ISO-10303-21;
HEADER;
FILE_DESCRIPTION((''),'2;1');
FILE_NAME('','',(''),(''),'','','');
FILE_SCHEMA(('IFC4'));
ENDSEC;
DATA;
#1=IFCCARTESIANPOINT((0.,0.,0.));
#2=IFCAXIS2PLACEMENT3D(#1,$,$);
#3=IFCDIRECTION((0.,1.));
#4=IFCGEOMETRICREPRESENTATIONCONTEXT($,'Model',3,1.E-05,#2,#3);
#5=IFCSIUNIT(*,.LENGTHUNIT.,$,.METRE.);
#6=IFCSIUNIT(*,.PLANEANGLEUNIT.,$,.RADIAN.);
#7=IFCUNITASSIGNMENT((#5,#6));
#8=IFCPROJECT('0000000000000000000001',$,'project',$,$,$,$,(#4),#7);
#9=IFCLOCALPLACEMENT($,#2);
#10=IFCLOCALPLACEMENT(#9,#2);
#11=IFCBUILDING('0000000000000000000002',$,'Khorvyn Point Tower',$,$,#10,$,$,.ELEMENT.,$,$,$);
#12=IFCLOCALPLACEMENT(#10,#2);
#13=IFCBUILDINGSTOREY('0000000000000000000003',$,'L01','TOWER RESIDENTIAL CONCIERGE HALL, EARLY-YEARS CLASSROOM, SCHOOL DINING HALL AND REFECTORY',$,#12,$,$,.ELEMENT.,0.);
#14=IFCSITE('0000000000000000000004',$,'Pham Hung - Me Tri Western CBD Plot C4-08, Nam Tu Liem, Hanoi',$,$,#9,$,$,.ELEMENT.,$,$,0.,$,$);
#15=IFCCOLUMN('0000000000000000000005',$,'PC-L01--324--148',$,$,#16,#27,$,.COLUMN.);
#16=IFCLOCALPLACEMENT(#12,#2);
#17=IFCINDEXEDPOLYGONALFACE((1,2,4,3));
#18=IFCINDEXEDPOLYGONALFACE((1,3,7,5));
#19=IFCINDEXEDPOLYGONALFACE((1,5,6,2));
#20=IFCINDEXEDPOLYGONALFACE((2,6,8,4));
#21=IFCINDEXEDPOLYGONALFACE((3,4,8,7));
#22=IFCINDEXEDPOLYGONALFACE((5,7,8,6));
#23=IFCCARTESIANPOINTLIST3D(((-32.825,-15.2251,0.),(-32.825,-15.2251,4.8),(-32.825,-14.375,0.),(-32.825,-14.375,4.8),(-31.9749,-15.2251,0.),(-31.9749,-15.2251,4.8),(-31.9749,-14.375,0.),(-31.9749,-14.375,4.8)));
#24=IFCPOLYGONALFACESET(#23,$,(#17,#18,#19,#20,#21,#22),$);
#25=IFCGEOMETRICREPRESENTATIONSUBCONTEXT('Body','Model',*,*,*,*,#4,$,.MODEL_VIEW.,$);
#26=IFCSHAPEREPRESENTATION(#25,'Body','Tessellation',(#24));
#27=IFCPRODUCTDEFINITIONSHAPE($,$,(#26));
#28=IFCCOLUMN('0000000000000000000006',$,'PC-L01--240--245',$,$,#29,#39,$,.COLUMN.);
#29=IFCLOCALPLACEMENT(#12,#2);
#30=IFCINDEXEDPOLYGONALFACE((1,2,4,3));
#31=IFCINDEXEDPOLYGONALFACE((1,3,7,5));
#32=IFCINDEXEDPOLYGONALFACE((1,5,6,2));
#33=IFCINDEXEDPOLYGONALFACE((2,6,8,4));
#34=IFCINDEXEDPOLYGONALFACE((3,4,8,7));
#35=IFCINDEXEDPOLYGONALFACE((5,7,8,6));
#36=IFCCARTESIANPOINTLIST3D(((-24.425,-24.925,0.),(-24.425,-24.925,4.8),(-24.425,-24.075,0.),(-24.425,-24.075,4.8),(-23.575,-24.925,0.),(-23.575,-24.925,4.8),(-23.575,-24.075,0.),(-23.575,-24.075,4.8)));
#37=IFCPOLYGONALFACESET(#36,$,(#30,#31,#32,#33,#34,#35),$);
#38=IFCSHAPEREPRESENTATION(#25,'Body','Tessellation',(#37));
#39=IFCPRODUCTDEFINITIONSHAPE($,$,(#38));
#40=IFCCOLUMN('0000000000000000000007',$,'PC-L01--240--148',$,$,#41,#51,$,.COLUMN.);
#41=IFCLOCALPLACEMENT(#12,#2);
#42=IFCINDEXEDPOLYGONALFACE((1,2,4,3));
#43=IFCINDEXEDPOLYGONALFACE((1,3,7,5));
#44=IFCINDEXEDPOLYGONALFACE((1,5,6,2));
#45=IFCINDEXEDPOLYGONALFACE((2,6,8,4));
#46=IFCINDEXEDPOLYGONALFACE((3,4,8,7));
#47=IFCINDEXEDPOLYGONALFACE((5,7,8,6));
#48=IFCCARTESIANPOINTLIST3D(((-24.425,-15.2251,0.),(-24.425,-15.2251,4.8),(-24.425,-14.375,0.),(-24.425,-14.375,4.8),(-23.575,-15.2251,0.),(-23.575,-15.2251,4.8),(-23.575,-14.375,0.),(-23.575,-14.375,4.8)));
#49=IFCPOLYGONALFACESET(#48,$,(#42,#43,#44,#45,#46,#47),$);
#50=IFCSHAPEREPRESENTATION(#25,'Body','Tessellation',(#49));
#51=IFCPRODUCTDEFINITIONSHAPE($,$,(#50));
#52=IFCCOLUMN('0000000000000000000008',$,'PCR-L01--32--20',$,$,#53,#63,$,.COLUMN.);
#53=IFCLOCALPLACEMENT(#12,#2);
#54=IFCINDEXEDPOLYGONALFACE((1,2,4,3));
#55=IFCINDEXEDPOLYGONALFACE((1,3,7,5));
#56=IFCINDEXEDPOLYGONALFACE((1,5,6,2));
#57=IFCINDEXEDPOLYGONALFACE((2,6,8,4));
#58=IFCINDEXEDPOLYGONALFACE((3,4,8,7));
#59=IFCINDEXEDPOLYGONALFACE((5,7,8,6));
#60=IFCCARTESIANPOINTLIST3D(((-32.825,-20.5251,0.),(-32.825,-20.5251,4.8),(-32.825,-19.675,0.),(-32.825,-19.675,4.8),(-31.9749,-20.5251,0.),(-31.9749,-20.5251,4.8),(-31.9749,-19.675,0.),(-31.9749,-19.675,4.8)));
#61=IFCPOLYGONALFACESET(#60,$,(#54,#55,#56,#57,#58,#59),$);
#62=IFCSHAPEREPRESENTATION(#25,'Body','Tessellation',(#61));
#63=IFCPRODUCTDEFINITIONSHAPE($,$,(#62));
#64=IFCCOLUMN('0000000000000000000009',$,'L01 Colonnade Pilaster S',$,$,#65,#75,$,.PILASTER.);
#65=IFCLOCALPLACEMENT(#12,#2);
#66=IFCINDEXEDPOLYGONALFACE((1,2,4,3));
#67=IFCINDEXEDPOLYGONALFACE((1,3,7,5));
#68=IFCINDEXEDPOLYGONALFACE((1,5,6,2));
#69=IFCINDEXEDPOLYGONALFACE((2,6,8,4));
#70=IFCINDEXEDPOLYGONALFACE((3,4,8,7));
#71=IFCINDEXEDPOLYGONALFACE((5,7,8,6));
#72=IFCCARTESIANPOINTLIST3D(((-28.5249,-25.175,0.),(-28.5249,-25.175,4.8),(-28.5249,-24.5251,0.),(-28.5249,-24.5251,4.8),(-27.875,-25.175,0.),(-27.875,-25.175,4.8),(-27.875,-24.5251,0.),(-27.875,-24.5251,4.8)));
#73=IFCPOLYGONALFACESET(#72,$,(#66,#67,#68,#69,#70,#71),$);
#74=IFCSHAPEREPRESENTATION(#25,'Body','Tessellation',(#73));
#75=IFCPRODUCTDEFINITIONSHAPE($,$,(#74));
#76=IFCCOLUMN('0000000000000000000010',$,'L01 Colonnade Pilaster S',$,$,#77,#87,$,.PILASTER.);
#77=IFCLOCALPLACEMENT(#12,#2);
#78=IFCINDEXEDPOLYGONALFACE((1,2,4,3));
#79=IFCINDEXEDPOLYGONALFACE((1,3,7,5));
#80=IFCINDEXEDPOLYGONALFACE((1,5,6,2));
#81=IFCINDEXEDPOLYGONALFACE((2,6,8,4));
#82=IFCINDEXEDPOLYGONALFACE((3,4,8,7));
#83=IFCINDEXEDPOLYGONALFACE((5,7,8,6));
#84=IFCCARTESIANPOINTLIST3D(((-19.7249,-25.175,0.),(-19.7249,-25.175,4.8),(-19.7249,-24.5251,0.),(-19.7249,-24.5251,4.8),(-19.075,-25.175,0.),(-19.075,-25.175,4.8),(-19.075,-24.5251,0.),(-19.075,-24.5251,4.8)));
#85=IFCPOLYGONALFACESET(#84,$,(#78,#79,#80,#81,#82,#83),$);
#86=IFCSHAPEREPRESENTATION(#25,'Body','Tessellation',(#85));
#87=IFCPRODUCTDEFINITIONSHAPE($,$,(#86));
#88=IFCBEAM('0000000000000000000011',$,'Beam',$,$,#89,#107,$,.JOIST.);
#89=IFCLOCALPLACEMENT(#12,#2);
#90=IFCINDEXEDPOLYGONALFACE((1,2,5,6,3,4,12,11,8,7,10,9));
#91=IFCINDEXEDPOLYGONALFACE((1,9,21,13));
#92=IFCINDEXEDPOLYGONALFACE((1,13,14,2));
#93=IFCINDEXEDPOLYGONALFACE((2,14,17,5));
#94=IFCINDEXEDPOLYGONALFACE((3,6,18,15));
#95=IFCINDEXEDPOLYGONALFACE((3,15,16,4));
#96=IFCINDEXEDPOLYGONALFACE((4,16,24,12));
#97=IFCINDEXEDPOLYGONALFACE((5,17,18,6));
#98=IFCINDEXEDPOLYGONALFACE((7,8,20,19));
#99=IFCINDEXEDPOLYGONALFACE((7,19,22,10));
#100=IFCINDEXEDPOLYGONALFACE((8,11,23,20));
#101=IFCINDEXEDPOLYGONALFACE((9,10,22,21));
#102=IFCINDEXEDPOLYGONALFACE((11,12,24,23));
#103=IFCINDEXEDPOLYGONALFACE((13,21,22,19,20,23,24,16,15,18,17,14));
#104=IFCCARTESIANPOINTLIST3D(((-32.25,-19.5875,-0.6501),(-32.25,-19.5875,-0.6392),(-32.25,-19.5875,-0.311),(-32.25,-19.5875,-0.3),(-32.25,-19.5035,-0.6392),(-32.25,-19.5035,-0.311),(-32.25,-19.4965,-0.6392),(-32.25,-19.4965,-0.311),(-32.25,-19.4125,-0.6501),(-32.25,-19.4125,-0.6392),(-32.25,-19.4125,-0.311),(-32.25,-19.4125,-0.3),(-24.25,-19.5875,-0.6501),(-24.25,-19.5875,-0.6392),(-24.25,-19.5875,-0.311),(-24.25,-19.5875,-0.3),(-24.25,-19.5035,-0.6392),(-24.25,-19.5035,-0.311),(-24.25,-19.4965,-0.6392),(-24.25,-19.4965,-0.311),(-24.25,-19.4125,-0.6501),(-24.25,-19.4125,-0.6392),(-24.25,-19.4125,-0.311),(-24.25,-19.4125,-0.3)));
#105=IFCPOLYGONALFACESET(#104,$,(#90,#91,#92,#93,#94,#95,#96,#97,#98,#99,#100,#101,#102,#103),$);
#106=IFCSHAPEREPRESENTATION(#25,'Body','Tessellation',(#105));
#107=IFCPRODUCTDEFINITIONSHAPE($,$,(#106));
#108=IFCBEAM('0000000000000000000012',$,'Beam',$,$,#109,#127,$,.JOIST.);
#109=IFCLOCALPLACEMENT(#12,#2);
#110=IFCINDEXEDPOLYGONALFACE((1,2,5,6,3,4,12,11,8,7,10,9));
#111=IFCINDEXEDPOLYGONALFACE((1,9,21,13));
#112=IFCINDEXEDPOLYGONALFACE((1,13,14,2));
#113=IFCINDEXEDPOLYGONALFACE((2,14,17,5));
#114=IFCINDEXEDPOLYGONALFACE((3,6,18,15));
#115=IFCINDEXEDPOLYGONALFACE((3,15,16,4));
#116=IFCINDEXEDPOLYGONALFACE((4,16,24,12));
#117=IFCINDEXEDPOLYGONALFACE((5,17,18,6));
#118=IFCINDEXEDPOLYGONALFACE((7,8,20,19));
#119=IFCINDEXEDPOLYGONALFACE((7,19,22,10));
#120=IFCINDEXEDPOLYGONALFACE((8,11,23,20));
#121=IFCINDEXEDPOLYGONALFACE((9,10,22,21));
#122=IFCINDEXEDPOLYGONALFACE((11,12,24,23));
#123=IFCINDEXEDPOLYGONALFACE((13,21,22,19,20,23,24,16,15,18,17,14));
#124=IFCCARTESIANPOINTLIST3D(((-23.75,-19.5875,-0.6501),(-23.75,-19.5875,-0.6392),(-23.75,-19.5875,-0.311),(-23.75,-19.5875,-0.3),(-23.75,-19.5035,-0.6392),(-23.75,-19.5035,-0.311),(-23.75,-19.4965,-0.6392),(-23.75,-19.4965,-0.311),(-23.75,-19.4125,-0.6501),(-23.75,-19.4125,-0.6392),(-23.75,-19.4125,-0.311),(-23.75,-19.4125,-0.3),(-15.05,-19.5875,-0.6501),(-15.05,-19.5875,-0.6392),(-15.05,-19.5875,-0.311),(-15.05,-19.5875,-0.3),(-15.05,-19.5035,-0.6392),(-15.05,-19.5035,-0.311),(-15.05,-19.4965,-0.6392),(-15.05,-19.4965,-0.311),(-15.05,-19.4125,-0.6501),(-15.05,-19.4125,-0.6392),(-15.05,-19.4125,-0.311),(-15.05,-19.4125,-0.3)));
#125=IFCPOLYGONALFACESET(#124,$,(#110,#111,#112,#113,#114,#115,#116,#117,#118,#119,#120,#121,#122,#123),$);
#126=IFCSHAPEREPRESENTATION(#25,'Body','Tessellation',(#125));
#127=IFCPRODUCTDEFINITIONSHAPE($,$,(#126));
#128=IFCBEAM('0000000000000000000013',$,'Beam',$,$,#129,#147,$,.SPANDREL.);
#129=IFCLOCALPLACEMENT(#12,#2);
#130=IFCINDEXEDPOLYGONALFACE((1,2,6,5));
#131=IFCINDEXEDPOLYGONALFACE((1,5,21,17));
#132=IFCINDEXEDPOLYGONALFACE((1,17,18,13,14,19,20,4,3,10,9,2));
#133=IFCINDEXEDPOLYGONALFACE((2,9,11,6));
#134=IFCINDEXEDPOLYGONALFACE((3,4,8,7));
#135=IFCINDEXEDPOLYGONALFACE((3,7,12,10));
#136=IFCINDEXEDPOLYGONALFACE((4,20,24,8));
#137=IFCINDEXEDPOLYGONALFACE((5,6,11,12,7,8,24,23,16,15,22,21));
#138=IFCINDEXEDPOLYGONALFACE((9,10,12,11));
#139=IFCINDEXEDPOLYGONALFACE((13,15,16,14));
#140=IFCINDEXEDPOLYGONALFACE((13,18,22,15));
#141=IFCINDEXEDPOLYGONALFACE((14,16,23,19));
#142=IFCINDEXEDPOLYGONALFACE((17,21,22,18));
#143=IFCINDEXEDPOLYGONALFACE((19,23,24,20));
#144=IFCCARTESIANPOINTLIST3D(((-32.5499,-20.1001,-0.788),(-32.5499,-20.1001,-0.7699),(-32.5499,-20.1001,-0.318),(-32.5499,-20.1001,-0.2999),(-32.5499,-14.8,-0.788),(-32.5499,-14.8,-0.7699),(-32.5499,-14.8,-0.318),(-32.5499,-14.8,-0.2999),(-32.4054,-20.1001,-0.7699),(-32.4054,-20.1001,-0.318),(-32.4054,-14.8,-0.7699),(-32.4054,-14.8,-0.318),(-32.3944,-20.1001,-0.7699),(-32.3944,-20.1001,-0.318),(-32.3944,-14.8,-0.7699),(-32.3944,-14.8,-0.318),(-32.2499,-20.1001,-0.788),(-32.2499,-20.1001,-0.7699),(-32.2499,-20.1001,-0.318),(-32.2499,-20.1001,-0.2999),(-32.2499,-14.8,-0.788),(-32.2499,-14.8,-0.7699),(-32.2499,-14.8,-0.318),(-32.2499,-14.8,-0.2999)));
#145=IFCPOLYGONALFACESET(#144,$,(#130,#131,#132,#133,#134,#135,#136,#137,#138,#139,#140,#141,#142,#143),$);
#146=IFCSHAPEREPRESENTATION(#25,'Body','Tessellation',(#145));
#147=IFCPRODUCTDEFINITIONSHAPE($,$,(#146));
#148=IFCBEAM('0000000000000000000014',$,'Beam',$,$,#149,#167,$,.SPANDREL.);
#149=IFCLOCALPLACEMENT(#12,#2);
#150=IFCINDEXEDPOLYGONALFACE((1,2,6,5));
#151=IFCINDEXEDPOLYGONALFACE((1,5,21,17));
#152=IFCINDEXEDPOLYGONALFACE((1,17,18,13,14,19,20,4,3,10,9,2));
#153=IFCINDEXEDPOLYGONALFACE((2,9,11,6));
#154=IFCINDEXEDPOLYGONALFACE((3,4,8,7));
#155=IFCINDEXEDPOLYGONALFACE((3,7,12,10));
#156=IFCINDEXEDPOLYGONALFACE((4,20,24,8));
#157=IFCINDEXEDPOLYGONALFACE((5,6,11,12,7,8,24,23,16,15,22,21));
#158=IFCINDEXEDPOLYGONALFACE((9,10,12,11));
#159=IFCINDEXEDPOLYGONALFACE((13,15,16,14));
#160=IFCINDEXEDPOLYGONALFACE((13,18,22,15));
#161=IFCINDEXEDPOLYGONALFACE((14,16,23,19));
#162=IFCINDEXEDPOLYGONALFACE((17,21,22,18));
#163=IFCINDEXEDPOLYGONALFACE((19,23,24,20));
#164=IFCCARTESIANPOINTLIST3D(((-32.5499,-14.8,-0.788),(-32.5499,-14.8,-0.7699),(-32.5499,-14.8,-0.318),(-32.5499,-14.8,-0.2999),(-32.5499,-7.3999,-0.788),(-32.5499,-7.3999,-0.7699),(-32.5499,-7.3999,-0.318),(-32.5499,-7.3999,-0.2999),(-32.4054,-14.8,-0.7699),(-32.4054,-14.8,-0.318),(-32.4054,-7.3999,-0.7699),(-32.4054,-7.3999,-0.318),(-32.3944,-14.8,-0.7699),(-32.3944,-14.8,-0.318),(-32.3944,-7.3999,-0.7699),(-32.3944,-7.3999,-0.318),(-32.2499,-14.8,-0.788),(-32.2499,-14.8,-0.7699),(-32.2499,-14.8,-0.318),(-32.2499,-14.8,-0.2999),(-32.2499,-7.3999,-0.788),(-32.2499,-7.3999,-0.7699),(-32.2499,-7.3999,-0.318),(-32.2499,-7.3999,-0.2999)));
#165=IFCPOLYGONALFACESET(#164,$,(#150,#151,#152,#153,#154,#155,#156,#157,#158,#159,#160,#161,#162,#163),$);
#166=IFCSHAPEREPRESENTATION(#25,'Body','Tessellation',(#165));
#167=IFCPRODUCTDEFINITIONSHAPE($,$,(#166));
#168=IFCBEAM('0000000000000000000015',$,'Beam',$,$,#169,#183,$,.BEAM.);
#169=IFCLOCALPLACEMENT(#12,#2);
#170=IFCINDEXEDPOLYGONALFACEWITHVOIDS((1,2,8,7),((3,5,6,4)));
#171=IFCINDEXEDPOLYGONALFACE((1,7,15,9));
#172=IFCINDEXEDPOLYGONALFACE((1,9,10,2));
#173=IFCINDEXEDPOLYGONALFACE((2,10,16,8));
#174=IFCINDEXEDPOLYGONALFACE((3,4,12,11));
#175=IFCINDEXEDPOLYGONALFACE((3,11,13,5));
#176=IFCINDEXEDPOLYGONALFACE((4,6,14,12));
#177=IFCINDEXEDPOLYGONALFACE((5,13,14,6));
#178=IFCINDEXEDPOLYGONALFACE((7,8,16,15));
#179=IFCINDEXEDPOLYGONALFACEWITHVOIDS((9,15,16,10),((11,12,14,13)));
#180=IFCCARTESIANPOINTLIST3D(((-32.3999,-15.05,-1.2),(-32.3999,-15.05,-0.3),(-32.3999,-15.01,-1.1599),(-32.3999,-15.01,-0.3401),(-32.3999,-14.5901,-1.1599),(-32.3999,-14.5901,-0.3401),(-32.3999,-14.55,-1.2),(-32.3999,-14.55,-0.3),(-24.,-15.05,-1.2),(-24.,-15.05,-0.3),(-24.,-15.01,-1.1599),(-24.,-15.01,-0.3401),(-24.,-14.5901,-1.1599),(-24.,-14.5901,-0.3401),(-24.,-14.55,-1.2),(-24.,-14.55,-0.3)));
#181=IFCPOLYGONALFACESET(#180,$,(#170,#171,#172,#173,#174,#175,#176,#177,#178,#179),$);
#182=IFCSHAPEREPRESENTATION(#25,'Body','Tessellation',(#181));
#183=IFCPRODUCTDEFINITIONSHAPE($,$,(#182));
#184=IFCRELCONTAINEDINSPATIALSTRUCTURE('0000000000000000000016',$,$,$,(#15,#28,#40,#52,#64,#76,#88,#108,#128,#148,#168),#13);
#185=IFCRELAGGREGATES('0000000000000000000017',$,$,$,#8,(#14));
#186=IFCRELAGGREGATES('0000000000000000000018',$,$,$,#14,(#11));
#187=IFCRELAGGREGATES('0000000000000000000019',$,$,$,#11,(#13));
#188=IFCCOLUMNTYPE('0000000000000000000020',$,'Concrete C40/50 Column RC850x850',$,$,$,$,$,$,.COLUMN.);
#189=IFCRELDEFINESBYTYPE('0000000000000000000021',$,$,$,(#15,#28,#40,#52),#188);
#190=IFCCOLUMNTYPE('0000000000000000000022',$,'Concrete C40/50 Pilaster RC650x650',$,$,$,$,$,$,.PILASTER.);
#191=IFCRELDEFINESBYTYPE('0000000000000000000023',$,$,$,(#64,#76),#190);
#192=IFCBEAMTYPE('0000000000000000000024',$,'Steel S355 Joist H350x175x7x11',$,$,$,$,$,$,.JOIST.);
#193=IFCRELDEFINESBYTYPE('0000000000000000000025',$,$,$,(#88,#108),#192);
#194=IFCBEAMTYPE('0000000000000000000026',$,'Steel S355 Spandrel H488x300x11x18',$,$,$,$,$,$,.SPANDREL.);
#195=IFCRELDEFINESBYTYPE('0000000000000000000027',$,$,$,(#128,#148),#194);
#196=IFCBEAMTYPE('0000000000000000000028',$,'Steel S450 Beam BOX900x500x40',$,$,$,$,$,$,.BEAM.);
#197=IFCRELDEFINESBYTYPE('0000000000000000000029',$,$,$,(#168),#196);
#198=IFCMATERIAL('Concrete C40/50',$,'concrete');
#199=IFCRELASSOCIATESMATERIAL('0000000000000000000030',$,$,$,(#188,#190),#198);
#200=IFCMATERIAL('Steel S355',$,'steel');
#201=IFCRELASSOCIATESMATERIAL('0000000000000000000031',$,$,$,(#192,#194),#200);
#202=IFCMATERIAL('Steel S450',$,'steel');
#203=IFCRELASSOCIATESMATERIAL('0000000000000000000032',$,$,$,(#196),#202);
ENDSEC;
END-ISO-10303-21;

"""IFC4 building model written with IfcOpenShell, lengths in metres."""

from ifc_helpers import new_model, si_unit, direction, frame, origin, origin_2d, place, context, subcontext, project, spatial, rectangle, hollow_rectangle, i_section, extrude, material, material_profile, profile_set, type_object, element, save


model = new_model("IFC4")

# Units and contexts
model_context = context("Model", 3, precision=1e-05, world=origin(), true_north=direction((0.0, 1.0)))
body_context = subcontext(model_context, "Body", "Model", "MODEL_VIEW")
ifc_project = project(units=[si_unit("LENGTHUNIT", "METRE"), si_unit("PLANEANGLEUNIT", "RADIAN")], contexts=[model_context])

# Site, building, storey
site_placement = place(None, origin())
site = spatial("IfcSite", under=ifc_project, at=site_placement, Name="Pham Hung - Me Tri Western CBD Plot C4-08, Nam Tu Liem, Hanoi", CompositionType="ELEMENT", RefElevation=0.0)
building_placement = place(site_placement, origin())
building = spatial("IfcBuilding", under=site, at=building_placement, Name="Khorvyn Point Tower", CompositionType="ELEMENT")
storey_placement = place(building_placement, origin())
storey = spatial("IfcBuildingStorey", under=building, at=storey_placement, Name="L01", Description="TOWER RESIDENTIAL CONCIERGE HALL, EARLY-YEARS CLASSROOM, SCHOOL DINING HALL AND REFECTORY", CompositionType="ELEMENT", Elevation=0.0)

# Columns
ifc_material_1 = material(Name="Concrete C40/50", Category="concrete")
ifc_material_profile_1 = material_profile(ifc_material_1, rectangle(XDim=0.8501, YDim=0.8501, at=origin_2d()))
ifc_profile_set_1 = profile_set([ifc_material_profile_1], Name="Concrete C40/50 RC850x850")
column_type_1 = type_object("IfcColumnType", Name="Concrete C40/50 Column RC850x850", PredefinedType="COLUMN", material=ifc_profile_set_1)
for number, where, z_axis, x_axis, name in (
    (1, (-32.3999, -14.8, 0.0), (0.0, 0.0, 1.0), (1.0, 0.0, 0.0), "PC-L01--324--148"),
    (2, (-24.0, -24.5, 0.0), (0.0, 0.0, 1.0), (1.0, 0.0, 0.0), "PC-L01--240--245"),
    (3, (-24.0, -14.8, 0.0), (0.0, 0.0, 1.0), (1.0, 0.0, 0.0), "PC-L01--240--148"),
    (4, (-32.3999, -20.1001, 0.0), (0.0, 0.0, 1.0), (1.0, 0.0, 0.0), "PCR-L01--32--20"),
):
    element("IfcColumn", number, at=place(storey_placement, frame(where, z_axis=z_axis, x_axis=x_axis)), inside=storey, type_object=column_type_1, Name=name, PredefinedType="COLUMN", context=body_context, shape_type="SweptSolid", body=[
        extrude(rectangle(XDim=0.8501, YDim=0.8501, at=origin_2d()), origin(), (0.0, 0.0, 1.0), 4.8),
    ])
ifc_material_profile_2 = material_profile(ifc_material_1, rectangle(XDim=0.6499, YDim=0.6499, at=origin_2d()))
ifc_profile_set_2 = profile_set([ifc_material_profile_2], Name="Concrete C40/50 RC650x650")
column_type_2 = type_object("IfcColumnType", Name="Concrete C40/50 Pilaster RC650x650", PredefinedType="PILASTER", material=ifc_profile_set_2)
for number, where, z_axis, x_axis, name in (
    (5, (-28.2, -24.8501, 0.0), (0.0, 0.0, 1.0), (1.0, 0.0, 0.0), "L01 Colonnade Pilaster S"),
    (6, (-19.3999, -24.8501, 0.0), (0.0, 0.0, 1.0), (1.0, 0.0, 0.0), "L01 Colonnade Pilaster S"),
):
    element("IfcColumn", number, at=place(storey_placement, frame(where, z_axis=z_axis, x_axis=x_axis)), inside=storey, type_object=column_type_2, Name=name, PredefinedType="PILASTER", context=body_context, shape_type="SweptSolid", body=[
        extrude(rectangle(XDim=0.6499, YDim=0.6499, at=origin_2d()), origin(), (0.0, 0.0, 1.0), 4.8),
    ])

# Beams
ifc_material_2 = material(Name="Steel S355", Category="steel")
ifc_material_profile_3 = material_profile(ifc_material_2, i_section(OverallWidth=0.175, OverallDepth=0.3501, WebThickness=0.0071, FlangeThickness=0.011, at=origin_2d()))
ifc_profile_set_3 = profile_set([ifc_material_profile_3], Name="Steel S355 H350x175x7x11")
beam_type_1 = type_object("IfcBeamType", Name="Steel S355 Joist H350x175x7x11", PredefinedType="JOIST", material=ifc_profile_set_3)
beam_1_placement = place(storey_placement, frame((-32.25, -19.5, -0.4751), z_axis=(1.0, 0.0, 0.0), x_axis=(0.0, 1.0, 0.0)))
element("IfcBeam", 7, at=beam_1_placement, inside=storey, type_object=beam_type_1, Name="Beam", PredefinedType="JOIST", context=body_context, shape_type="SweptSolid", body=[
    extrude(i_section(OverallWidth=0.175, OverallDepth=0.3501, WebThickness=0.0071, FlangeThickness=0.011, at=origin_2d()), origin(), (0.0, 0.0, 1.0), 8.0),
])
beam_2_placement = place(storey_placement, frame((-23.75, -19.5, -0.4751), z_axis=(1.0, 0.0, 0.0), x_axis=(0.0, 1.0, 0.0)))
element("IfcBeam", 8, at=beam_2_placement, inside=storey, type_object=beam_type_1, Name="Beam", PredefinedType="JOIST", context=body_context, shape_type="SweptSolid", body=[
    extrude(i_section(OverallWidth=0.175, OverallDepth=0.3501, WebThickness=0.0071, FlangeThickness=0.011, at=origin_2d()), origin(), (0.0, 0.0, 1.0), 8.7),
])
ifc_material_profile_4 = material_profile(ifc_material_2, i_section(OverallWidth=0.3, OverallDepth=0.488, WebThickness=0.011, FlangeThickness=0.0181, at=origin_2d()))
ifc_profile_set_4 = profile_set([ifc_material_profile_4], Name="Steel S355 H488x300x11x18")
beam_type_2 = type_object("IfcBeamType", Name="Steel S355 Spandrel H488x300x11x18", PredefinedType="SPANDREL", material=ifc_profile_set_4)
beam_3_placement = place(storey_placement, frame((-32.3999, -20.1001, -0.5439), z_axis=(0.0, 1.0, 0.0), x_axis=(-1.0, 0.0, 0.0)))
element("IfcBeam", 9, at=beam_3_placement, inside=storey, type_object=beam_type_2, Name="Beam", PredefinedType="SPANDREL", context=body_context, shape_type="SweptSolid", body=[
    extrude(i_section(OverallWidth=0.3, OverallDepth=0.488, WebThickness=0.011, FlangeThickness=0.0181, at=origin_2d()), origin(), (0.0, 0.0, 1.0), 5.3),
])
beam_4_placement = place(storey_placement, frame((-32.3999, -14.8, -0.5439), z_axis=(0.0, 1.0, 0.0), x_axis=(-1.0, 0.0, 0.0)))
element("IfcBeam", 10, at=beam_4_placement, inside=storey, type_object=beam_type_2, Name="Beam", PredefinedType="SPANDREL", context=body_context, shape_type="SweptSolid", body=[
    extrude(i_section(OverallWidth=0.3, OverallDepth=0.488, WebThickness=0.011, FlangeThickness=0.0181, at=origin_2d()), origin(), (0.0, 0.0, 1.0), 7.4001),
])
ifc_material_3 = material(Name="Steel S450", Category="steel")
ifc_material_profile_5 = material_profile(ifc_material_3, hollow_rectangle(XDim=0.5, YDim=0.8999, WallThickness=0.04, at=origin_2d()))
ifc_profile_set_5 = profile_set([ifc_material_profile_5], Name="Steel S450 BOX900x500x40")
beam_type_3 = type_object("IfcBeamType", Name="Steel S450 Beam BOX900x500x40", PredefinedType="BEAM", material=ifc_profile_set_5)
beam_5_placement = place(storey_placement, frame((-32.3999, -14.8, -0.75), z_axis=(1.0, 0.0, 0.0), x_axis=(0.0, 1.0, 0.0)))
element("IfcBeam", 11, at=beam_5_placement, inside=storey, type_object=beam_type_3, Name="Beam", PredefinedType="BEAM", context=body_context, shape_type="SweptSolid", body=[
    extrude(hollow_rectangle(XDim=0.5, YDim=0.8999, WallThickness=0.04, at=origin_2d()), origin(), (0.0, 0.0, 1.0), 8.3999),
])

save(model, "model.ifc")
